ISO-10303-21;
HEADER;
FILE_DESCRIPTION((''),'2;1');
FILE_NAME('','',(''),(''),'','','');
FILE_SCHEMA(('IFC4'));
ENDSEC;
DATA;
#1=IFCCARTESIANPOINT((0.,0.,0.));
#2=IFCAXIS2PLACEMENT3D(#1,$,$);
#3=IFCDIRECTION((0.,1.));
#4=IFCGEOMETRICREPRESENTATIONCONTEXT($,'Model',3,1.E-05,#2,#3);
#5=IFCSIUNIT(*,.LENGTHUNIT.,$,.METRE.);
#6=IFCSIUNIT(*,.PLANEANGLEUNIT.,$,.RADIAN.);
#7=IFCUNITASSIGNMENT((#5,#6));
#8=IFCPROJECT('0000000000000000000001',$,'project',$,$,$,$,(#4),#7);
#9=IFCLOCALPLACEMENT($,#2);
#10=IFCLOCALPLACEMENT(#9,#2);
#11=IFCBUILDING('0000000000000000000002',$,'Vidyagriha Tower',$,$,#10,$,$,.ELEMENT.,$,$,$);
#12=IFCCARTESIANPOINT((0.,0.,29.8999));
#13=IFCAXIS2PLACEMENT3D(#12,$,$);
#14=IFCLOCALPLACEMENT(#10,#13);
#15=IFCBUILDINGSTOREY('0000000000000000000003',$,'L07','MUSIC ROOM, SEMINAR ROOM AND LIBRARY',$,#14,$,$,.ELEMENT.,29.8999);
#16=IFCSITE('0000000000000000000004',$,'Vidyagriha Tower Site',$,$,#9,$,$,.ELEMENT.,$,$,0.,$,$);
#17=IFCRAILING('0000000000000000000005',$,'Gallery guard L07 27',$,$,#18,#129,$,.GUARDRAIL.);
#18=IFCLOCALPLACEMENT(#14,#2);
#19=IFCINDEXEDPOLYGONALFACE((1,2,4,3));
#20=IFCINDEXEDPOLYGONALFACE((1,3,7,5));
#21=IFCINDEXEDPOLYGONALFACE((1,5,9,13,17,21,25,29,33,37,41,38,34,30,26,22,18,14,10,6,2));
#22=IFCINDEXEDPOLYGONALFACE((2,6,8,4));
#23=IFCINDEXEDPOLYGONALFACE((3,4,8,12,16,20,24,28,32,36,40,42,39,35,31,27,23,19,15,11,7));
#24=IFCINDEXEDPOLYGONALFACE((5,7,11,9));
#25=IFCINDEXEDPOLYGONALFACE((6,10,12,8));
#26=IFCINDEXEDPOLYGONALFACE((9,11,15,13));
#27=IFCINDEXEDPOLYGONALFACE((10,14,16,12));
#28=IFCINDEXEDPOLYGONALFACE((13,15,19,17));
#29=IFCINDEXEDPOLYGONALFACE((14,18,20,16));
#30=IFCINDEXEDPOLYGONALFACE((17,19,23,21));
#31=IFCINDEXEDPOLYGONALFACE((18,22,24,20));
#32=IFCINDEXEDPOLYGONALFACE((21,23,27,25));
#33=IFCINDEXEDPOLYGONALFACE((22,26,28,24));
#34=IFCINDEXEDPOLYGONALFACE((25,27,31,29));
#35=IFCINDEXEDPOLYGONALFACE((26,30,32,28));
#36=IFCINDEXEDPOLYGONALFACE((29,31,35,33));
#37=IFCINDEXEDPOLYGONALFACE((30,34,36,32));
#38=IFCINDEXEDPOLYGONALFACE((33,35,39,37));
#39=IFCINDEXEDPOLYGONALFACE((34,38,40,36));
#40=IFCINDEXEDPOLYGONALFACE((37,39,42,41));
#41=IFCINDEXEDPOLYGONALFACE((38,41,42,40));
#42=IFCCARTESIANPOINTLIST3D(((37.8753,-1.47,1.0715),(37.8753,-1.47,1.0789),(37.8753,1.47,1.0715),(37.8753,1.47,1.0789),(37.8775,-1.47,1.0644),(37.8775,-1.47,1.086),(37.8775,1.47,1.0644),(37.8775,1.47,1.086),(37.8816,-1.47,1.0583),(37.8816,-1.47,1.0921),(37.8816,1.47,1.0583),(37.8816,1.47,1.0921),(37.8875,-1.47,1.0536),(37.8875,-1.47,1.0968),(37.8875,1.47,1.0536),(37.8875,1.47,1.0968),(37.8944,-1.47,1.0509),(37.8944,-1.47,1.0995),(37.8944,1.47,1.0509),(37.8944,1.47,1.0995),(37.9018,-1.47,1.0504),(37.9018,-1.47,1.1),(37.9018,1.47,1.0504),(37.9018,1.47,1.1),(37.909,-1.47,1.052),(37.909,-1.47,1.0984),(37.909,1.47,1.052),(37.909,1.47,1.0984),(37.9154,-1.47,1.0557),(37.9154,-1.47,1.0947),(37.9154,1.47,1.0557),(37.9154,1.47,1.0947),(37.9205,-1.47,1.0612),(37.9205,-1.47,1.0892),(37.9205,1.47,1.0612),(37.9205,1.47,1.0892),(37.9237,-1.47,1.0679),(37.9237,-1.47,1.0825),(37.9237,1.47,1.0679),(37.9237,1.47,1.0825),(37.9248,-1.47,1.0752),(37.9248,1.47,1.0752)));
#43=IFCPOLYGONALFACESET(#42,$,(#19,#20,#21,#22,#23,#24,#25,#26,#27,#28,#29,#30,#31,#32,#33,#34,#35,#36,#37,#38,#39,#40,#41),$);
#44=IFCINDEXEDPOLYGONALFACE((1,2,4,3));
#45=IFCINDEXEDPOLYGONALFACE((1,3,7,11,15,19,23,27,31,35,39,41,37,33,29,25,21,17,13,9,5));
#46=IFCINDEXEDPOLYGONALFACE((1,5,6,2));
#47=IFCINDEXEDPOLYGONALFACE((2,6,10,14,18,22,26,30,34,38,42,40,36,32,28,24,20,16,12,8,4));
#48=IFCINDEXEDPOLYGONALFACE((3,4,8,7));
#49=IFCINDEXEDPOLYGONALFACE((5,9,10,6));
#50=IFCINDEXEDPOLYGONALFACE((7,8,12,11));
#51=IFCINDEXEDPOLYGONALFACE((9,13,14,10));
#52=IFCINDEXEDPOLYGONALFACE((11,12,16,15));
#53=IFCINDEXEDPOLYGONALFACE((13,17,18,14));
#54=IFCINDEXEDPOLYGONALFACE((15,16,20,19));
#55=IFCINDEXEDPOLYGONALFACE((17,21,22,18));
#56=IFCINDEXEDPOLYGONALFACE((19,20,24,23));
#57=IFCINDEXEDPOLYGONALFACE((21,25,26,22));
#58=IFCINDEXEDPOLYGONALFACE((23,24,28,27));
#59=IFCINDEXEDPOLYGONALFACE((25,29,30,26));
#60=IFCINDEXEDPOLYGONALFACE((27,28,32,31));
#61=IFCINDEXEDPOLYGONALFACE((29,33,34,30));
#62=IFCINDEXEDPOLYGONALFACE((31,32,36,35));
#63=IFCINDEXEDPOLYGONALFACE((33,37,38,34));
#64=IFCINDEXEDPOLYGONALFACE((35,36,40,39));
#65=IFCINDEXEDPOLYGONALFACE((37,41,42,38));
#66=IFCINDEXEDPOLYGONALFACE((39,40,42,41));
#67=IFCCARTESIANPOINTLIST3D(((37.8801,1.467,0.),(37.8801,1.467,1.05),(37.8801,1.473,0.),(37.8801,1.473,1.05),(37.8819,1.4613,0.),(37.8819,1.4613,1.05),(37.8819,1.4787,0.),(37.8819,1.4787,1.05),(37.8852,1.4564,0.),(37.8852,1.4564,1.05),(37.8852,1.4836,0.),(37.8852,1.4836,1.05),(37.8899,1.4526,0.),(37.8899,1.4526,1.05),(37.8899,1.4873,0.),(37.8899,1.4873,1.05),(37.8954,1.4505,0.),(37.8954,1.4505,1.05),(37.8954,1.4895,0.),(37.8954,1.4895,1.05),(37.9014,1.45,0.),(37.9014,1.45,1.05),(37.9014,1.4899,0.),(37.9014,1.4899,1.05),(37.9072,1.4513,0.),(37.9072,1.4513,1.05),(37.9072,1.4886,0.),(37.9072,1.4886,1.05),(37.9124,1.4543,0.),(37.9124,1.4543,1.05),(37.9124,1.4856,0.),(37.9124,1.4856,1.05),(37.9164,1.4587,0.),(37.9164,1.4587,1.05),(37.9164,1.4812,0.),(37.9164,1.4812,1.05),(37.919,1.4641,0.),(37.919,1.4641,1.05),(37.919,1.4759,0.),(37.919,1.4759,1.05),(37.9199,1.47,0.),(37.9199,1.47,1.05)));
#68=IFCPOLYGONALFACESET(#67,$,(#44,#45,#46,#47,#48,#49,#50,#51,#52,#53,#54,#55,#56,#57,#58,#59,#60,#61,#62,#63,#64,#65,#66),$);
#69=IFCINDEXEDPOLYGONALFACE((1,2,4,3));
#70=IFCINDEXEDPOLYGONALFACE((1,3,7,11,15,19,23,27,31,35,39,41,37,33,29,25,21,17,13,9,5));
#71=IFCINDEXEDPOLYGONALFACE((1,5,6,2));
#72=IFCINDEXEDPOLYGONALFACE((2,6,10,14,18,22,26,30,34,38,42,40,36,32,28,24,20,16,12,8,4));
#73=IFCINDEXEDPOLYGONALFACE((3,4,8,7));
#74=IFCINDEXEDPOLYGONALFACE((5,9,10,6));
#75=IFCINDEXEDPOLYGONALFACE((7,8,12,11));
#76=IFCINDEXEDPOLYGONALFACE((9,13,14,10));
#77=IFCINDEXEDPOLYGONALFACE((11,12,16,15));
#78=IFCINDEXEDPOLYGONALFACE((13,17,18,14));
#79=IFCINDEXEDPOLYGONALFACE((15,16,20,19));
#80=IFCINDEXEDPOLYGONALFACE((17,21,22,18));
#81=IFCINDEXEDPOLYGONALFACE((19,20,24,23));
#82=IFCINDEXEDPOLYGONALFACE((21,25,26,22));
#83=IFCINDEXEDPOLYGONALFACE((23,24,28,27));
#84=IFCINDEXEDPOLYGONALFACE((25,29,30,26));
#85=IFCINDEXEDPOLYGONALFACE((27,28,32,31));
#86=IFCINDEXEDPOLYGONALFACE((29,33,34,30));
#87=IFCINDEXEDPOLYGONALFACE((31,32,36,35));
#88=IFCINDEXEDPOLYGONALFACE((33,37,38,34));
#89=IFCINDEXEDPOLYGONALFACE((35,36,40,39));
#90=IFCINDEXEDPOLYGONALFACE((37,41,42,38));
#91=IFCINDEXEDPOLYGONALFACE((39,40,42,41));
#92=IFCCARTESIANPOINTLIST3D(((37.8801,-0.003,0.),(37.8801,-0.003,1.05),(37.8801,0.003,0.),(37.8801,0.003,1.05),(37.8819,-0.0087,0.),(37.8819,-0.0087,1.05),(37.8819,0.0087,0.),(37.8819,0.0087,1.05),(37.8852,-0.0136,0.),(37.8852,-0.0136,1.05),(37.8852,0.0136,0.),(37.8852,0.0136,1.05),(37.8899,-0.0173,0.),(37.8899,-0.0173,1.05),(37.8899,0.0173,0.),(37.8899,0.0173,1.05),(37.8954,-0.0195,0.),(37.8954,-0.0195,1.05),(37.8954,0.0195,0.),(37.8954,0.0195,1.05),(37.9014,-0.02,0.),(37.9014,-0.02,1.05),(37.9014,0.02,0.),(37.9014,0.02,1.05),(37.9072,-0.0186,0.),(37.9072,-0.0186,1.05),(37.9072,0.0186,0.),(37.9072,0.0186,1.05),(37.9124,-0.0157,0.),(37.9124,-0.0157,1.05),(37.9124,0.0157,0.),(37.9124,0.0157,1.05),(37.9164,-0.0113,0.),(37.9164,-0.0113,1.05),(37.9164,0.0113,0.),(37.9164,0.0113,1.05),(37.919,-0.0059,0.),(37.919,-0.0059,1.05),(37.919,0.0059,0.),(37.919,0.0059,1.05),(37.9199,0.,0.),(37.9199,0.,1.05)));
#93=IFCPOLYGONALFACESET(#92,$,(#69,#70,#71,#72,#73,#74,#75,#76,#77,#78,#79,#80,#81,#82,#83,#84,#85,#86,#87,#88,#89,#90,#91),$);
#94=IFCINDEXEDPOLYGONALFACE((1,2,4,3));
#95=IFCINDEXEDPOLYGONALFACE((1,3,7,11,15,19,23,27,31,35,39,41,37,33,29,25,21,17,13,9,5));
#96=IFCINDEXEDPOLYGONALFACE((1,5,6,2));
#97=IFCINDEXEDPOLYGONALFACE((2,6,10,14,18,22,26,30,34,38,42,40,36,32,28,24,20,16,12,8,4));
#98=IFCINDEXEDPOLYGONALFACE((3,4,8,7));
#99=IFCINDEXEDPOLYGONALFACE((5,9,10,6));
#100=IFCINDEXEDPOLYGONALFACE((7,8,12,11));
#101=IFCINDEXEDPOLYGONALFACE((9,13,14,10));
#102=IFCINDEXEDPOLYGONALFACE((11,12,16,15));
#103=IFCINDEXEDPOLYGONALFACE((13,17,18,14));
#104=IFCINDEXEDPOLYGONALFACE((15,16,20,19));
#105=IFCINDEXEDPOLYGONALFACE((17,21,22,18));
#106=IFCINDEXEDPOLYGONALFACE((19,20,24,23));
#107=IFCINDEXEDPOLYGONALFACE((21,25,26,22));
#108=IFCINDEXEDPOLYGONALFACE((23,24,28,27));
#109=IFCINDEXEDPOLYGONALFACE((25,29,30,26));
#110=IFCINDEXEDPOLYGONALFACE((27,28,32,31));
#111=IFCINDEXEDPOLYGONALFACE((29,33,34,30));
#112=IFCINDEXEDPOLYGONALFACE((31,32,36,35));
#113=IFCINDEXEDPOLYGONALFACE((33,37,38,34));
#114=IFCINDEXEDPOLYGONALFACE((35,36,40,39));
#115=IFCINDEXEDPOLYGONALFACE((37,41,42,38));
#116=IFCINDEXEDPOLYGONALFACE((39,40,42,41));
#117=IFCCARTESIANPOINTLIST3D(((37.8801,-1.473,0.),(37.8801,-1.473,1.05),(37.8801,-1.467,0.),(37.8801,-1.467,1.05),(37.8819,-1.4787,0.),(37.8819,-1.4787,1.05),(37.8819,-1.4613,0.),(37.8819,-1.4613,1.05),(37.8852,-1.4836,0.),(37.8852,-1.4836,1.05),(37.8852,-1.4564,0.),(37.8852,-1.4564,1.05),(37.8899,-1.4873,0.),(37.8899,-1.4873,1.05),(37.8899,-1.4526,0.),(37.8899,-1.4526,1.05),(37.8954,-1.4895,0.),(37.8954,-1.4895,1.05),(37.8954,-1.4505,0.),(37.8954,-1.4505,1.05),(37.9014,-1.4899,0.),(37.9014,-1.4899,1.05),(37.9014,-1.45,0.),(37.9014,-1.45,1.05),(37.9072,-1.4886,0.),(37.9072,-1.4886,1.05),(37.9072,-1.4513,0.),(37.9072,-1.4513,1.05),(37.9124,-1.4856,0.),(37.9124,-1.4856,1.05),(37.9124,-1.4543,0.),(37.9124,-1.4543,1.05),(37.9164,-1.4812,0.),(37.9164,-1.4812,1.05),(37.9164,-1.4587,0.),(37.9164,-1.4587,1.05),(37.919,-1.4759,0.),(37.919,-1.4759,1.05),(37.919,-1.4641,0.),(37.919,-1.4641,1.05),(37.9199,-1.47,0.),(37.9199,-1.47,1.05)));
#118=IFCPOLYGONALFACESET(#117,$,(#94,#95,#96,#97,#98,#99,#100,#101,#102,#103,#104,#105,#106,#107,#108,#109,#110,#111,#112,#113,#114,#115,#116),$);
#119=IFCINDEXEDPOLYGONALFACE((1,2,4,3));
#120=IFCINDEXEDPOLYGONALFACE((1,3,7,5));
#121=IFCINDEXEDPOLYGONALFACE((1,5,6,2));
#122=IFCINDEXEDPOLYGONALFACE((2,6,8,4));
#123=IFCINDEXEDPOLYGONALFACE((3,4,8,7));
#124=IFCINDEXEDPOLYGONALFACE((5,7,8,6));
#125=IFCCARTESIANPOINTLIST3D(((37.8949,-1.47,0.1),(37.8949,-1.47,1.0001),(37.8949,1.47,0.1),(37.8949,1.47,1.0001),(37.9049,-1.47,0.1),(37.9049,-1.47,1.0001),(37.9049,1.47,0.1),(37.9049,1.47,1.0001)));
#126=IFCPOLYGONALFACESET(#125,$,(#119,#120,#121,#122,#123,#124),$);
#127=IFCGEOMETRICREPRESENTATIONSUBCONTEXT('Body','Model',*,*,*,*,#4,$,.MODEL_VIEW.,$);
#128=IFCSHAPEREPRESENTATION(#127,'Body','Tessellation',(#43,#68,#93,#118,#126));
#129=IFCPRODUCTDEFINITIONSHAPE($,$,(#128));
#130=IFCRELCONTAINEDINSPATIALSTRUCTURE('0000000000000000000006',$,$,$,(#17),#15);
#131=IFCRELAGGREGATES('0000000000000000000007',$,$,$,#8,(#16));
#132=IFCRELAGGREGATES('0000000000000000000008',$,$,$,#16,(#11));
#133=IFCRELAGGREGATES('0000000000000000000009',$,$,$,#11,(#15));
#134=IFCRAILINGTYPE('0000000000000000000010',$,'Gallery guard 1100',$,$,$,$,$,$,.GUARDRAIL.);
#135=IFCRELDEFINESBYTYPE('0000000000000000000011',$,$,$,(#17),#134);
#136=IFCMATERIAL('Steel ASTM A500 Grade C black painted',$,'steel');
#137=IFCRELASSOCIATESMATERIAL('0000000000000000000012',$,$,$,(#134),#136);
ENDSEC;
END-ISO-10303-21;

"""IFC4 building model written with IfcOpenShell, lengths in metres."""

from ifc_helpers import new_model, si_unit, direction, frame, origin, origin_2d, place, context, subcontext, project, spatial, rectangle, circle, extrude, material, type_object, element, save


model = new_model("IFC4")

# Units and contexts
model_context = context("Model", 3, precision=1e-05, world=origin(), true_north=direction((0.0, 1.0)))
body_context = subcontext(model_context, "Body", "Model", "MODEL_VIEW")
ifc_project = project(units=[si_unit("LENGTHUNIT", "METRE"), si_unit("PLANEANGLEUNIT", "RADIAN")], contexts=[model_context])

# Site, building, storey
site_placement = place(None, origin())
site = spatial("IfcSite", under=ifc_project, at=site_placement, Name="Vidyagriha Tower Site", CompositionType="ELEMENT", RefElevation=0.0)
building_placement = place(site_placement, origin())
building = spatial("IfcBuilding", under=site, at=building_placement, Name="Vidyagriha Tower", CompositionType="ELEMENT")
storey_placement = place(building_placement, frame((0.0, 0.0, 29.8999)))
storey = spatial("IfcBuildingStorey", under=building, at=storey_placement, Name="L07", Description="MUSIC ROOM, SEMINAR ROOM AND LIBRARY", CompositionType="ELEMENT", Elevation=29.8999)

# Railing
ifc_material_1 = material(Name="Steel ASTM A500 Grade C black painted", Category="steel")
railing_type = type_object("IfcRailingType", Name="Gallery guard 1100", PredefinedType="GUARDRAIL", material=ifc_material_1)
railing_1_placement = place(storey_placement, frame((37.8999, 1.47, 0.0)))
element("IfcRailing", 1, at=railing_1_placement, inside=storey, type_object=railing_type, Name="Gallery guard L07 27", PredefinedType="GUARDRAIL", context=body_context, shape_type="SweptSolid", body=[
    extrude(circle(Radius=0.0249, at=origin_2d()), frame((0.0, 0.0, 1.0752), z_axis=(0.0, -1.0, 0.0), x_axis=(1.0, 0.0, 0.0)), (0.0, 0.0, 1.0), 2.9399),
    extrude(circle(Radius=0.02, at=origin_2d()), origin(), (0.0, 0.0, 1.0), 1.05),
    extrude(circle(Radius=0.02, at=origin_2d()), frame((0.0, -1.47, 0.0)), (0.0, 0.0, 1.0), 1.05),
    extrude(circle(Radius=0.02, at=origin_2d()), frame((0.0, -2.9399, 0.0)), (0.0, 0.0, 1.0), 1.05),
    extrude(rectangle(XDim=0.01, YDim=0.9001, at=origin_2d()), frame((0.0, 0.0, 0.55), z_axis=(0.0, -1.0, 0.0), x_axis=(1.0, 0.0, 0.0)), (0.0, 0.0, 1.0), 2.9399),
])

save(model, "model.ifc")
